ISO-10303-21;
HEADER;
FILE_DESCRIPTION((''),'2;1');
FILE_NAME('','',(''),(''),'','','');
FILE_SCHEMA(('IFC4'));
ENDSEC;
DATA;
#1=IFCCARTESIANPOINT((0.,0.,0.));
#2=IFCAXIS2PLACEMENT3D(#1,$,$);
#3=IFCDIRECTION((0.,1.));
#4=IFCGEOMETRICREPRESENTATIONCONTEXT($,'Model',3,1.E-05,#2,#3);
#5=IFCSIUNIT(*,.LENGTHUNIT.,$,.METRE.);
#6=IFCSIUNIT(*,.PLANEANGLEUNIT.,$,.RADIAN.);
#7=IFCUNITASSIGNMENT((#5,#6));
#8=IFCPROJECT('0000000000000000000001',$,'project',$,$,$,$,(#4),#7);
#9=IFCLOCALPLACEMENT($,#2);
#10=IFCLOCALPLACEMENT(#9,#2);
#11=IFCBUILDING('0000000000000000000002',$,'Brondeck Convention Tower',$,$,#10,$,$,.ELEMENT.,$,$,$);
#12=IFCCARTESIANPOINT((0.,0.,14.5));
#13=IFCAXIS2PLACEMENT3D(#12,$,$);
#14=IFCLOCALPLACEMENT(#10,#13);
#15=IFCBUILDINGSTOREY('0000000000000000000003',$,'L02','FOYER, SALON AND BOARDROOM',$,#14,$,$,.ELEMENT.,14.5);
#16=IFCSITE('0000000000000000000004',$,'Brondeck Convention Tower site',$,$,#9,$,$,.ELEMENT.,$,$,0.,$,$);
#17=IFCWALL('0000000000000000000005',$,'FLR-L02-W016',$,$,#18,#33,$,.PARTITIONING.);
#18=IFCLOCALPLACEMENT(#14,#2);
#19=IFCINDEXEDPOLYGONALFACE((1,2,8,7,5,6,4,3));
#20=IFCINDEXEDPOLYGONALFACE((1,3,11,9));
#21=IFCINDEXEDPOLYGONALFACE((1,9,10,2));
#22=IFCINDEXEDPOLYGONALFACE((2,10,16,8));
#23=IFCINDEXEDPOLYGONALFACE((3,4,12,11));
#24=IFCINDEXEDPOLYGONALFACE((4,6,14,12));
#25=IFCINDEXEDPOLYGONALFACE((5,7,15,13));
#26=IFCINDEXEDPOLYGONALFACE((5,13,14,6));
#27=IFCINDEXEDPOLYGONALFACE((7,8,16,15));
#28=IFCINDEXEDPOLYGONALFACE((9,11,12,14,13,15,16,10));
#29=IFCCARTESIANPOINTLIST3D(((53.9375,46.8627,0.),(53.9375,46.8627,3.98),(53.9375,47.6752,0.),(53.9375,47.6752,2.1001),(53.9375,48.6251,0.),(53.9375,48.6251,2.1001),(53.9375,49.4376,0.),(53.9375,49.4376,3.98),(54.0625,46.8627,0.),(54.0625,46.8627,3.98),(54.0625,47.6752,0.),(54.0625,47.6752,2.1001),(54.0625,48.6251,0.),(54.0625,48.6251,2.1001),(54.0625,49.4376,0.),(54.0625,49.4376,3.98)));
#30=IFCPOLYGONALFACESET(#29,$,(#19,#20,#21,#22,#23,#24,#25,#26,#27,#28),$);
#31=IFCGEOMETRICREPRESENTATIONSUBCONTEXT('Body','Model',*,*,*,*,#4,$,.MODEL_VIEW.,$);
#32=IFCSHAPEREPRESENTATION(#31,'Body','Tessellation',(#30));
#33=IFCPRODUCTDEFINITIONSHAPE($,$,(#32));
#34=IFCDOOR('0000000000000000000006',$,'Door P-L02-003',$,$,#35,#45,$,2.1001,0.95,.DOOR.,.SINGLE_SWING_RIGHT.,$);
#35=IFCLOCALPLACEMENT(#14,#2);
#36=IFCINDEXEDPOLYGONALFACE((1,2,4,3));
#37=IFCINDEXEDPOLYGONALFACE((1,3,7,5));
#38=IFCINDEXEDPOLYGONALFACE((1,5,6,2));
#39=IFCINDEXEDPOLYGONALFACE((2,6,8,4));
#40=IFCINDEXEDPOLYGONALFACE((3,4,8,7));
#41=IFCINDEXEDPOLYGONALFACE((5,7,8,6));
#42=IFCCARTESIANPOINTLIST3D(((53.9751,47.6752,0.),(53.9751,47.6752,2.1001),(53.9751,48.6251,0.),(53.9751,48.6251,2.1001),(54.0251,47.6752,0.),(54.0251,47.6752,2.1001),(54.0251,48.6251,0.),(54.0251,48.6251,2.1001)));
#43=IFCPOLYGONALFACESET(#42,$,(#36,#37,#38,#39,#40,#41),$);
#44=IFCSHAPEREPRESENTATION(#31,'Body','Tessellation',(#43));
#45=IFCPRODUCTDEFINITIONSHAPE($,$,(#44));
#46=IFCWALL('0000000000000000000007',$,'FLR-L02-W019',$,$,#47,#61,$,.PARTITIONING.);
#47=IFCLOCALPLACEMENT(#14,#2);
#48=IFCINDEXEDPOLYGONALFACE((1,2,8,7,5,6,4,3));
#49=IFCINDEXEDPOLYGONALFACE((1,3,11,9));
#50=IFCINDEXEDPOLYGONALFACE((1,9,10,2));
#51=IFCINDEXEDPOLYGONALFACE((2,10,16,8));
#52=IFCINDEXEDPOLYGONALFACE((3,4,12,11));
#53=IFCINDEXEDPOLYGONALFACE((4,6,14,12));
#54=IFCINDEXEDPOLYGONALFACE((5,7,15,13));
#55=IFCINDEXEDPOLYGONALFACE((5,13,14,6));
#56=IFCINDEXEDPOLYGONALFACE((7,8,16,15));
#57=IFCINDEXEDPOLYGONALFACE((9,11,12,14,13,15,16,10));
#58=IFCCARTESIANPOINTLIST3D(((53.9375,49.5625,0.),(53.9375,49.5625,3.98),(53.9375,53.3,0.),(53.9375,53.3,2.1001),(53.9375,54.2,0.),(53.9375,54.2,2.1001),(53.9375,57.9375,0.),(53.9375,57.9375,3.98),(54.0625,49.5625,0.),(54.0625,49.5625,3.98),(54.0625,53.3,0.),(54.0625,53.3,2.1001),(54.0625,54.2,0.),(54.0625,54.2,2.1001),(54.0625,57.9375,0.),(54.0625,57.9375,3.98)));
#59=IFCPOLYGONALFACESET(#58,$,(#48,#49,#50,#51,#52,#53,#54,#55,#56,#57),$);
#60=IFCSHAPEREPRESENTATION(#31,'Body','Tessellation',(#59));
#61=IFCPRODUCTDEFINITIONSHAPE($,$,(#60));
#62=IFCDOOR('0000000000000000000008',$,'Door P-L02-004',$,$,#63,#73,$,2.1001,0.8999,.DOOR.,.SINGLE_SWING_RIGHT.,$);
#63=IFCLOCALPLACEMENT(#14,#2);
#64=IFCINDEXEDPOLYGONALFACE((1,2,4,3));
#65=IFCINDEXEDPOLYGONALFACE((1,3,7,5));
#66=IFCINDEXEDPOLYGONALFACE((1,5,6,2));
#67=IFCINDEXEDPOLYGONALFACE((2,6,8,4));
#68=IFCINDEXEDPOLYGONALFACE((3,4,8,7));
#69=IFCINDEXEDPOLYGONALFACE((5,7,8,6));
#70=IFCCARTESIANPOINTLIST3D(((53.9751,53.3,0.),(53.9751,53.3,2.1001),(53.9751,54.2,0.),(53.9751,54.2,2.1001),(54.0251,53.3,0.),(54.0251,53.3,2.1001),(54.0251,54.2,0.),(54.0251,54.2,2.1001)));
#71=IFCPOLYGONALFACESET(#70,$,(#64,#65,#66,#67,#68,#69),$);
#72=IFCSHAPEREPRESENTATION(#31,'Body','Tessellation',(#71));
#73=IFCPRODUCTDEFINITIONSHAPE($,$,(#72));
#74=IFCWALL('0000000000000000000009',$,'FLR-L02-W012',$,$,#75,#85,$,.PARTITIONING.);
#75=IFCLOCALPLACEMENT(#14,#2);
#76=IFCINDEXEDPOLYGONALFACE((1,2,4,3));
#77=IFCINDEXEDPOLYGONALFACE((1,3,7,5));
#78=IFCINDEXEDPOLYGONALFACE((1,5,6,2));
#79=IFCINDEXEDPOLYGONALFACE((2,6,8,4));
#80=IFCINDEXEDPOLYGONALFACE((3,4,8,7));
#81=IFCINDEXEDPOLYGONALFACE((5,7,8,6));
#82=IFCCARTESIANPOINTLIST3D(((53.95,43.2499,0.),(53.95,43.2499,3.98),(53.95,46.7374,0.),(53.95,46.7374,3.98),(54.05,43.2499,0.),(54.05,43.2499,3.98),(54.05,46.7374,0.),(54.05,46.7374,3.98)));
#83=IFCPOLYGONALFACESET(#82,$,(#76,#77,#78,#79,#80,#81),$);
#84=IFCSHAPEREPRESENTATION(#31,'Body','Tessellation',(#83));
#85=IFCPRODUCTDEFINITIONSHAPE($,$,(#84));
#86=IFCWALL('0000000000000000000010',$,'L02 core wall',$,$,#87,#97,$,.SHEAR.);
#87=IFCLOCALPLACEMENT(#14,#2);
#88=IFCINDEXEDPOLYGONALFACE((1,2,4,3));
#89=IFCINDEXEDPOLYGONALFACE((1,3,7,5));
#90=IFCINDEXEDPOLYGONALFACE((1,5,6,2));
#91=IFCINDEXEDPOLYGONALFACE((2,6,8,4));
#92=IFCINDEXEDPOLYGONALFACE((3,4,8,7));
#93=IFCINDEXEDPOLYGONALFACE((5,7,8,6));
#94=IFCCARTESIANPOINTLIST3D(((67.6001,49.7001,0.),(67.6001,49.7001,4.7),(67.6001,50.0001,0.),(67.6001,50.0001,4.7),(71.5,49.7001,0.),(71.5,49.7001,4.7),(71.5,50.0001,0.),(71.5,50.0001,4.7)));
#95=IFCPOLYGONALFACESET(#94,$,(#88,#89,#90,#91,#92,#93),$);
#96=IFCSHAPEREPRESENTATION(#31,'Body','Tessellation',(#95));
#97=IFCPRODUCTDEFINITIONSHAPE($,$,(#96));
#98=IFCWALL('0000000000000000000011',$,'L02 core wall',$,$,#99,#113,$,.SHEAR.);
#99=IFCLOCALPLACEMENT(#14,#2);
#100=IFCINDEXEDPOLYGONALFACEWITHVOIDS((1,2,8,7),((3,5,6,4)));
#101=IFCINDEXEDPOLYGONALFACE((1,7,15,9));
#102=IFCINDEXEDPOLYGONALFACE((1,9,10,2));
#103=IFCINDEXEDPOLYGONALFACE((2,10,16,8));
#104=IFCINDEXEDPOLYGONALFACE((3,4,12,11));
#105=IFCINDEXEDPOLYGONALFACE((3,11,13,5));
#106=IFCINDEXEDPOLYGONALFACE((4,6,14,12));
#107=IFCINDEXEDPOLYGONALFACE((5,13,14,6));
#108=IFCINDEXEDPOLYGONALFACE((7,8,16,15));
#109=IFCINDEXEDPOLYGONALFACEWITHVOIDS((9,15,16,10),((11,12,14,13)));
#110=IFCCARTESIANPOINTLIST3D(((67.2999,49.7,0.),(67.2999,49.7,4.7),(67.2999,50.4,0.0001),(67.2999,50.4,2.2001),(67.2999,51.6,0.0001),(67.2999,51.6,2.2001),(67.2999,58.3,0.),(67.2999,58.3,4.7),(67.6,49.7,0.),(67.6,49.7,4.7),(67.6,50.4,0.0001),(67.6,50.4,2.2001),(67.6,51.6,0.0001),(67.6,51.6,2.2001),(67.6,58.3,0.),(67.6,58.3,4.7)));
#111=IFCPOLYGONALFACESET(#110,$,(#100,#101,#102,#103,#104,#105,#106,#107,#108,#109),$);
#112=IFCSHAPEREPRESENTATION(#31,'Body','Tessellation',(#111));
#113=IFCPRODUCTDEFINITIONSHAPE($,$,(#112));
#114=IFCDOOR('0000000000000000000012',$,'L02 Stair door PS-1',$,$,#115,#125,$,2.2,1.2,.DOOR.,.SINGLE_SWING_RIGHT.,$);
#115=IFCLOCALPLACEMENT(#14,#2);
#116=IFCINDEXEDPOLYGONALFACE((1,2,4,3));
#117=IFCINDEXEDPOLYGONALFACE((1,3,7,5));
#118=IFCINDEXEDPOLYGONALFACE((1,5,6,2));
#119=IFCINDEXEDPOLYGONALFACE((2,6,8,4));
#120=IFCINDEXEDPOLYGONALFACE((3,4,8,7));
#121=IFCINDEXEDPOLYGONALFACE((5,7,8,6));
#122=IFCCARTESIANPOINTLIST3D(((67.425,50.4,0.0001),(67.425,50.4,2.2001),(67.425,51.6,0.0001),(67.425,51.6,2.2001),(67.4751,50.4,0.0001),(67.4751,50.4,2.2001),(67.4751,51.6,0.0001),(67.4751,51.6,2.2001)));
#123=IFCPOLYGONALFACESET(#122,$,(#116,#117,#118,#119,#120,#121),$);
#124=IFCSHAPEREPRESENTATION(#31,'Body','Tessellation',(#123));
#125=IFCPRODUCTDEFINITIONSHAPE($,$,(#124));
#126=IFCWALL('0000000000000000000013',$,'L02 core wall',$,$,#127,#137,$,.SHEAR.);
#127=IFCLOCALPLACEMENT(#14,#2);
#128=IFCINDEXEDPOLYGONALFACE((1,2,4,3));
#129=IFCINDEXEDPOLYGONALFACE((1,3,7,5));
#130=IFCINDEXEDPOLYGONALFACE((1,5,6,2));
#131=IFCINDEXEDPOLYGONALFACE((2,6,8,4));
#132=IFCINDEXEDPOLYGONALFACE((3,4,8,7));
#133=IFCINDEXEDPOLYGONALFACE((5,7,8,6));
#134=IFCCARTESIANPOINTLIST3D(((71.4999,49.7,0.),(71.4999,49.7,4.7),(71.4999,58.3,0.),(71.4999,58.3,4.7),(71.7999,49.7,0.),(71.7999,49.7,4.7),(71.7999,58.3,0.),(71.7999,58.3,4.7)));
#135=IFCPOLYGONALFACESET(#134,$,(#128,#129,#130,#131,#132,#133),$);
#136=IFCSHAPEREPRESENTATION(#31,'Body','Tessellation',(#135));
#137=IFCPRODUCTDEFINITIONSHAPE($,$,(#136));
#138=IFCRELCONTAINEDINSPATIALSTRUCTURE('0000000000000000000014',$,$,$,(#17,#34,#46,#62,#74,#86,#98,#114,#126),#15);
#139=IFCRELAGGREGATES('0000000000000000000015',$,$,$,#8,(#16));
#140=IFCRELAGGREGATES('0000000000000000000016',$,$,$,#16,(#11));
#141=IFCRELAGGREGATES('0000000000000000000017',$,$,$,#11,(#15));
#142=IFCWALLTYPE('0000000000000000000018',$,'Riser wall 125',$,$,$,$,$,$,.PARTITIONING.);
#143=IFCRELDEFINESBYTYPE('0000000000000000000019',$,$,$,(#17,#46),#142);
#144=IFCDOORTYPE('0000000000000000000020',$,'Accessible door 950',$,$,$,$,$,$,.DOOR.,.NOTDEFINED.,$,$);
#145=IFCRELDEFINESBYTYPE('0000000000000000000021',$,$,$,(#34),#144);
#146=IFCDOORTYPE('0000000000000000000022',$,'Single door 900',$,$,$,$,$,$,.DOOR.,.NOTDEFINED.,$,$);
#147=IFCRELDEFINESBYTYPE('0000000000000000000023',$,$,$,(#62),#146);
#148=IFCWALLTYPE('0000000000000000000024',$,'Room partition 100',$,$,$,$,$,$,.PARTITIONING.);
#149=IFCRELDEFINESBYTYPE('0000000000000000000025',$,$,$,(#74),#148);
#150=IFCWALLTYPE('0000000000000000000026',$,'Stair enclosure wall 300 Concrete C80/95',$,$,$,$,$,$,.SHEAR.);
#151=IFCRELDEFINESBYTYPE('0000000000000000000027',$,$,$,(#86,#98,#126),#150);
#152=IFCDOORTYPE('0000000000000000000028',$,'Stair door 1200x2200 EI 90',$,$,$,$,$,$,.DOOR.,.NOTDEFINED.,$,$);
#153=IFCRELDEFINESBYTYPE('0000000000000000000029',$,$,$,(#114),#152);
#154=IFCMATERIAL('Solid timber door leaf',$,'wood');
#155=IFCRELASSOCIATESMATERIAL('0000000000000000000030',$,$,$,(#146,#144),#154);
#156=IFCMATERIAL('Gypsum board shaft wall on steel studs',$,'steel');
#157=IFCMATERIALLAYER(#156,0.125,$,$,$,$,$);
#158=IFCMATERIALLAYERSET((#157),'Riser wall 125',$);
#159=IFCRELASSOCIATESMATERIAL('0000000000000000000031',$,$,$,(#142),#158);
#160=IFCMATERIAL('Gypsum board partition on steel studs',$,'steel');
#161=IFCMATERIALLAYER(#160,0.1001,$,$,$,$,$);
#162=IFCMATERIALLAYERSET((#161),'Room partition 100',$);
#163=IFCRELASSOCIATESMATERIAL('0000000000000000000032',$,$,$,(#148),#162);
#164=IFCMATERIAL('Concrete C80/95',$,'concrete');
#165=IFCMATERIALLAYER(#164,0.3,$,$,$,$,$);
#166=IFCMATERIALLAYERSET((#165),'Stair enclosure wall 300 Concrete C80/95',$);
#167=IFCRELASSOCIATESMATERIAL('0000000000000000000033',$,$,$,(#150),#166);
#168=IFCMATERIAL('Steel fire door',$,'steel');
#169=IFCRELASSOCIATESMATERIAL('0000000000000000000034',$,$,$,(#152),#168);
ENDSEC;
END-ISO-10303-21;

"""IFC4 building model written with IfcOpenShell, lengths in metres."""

from ifc_helpers import new_model, si_unit, direction, frame, frame_2d, origin, place, context, subcontext, project, spatial, rectangle, extrude, material, layer, layer_set, type_object, element, fill, save


model = new_model("IFC4")

# Units and contexts
model_context = context("Model", 3, precision=1e-05, world=origin(), true_north=direction((0.0, 1.0)))
body_context = subcontext(model_context, "Body", "Model", "MODEL_VIEW")
ifc_project = project(units=[si_unit("LENGTHUNIT", "METRE"), si_unit("PLANEANGLEUNIT", "RADIAN")], contexts=[model_context])

# Site, building, storey
site_placement = place(None, origin())
site = spatial("IfcSite", under=ifc_project, at=site_placement, Name="Brondeck Convention Tower site", CompositionType="ELEMENT", RefElevation=0.0)
building_placement = place(site_placement, origin())
building = spatial("IfcBuilding", under=site, at=building_placement, Name="Brondeck Convention Tower", CompositionType="ELEMENT")
storey_placement = place(building_placement, frame((0.0, 0.0, 14.5)))
storey = spatial("IfcBuildingStorey", under=building, at=storey_placement, Name="L02", Description="FOYER, SALON AND BOARDROOM", CompositionType="ELEMENT", Elevation=14.5)

# Shared definitions
ifc_material_1 = material(Name="Concrete C80/95", Category="concrete")

# Shared definitions
ifc_material_2 = material(Name="Solid timber door leaf", Category="wood")
door_type_1 = type_object("IfcDoorType", Name="Single door 900", OperationType="NOTDEFINED", PredefinedType="DOOR", material=ifc_material_2)

# Walls, openings, doors
ifc_material_3 = material(Name="Gypsum board shaft wall on steel studs", Category="steel")
ifc_layer_1 = layer(ifc_material_3, 0.125)
ifc_layer_set_1 = layer_set([ifc_layer_1], Name="Riser wall 125")
wall_type_1 = type_object("IfcWallType", Name="Riser wall 125", PredefinedType="PARTITIONING", material=ifc_layer_set_1)
wall_1_placement = place(storey_placement, frame((54.0, 46.8625, 0.0), z_axis=(0.0, 0.0, 1.0), x_axis=(0.0, 1.0, 0.0)))
wall_1 = element("IfcWall", 1, at=wall_1_placement, inside=storey, type_object=wall_type_1, Name="FLR-L02-W016", PredefinedType="PARTITIONING", context=body_context, shape_type="SweptSolid", body=[
    extrude(rectangle(XDim=2.575, YDim=0.125, at=frame_2d((1.2876, 0.0))), origin(), (0.0, 0.0, 1.0), 3.98),
])
opening_1_placement = place(wall_1_placement, frame((0.8125, 0.0, 0.0)))
opening_1 = element("IfcOpeningElement", 2, at=opening_1_placement, cuts=wall_1, PredefinedType="OPENING", context=body_context, shape_type="SweptSolid", body=[
    extrude(rectangle(XDim=0.95, YDim=2.1001, at=frame_2d((0.4751, 1.05))), frame((0.0, 0.0725, 0.0), z_axis=(0.0, -1.0, 0.0), x_axis=(1.0, 0.0, 0.0)), (0.0, 0.0, 1.0), 0.145),
])
door_type_2 = type_object("IfcDoorType", Name="Accessible door 950", OperationType="NOTDEFINED", PredefinedType="DOOR", material=ifc_material_2)
door_1_placement = place(opening_1_placement, origin())
door_1 = element("IfcDoor", 3, at=door_1_placement, inside=storey, type_object=door_type_2, Name="Door P-L02-003", OperationType="SINGLE_SWING_RIGHT", OverallHeight=2.1001, OverallWidth=0.95, PredefinedType="DOOR", context=body_context, shape_type="SweptSolid", body=[
    extrude(rectangle(XDim=0.95, YDim=2.1001, at=frame_2d((0.4751, 1.05))), frame((0.0, 0.0249, 0.0), z_axis=(0.0, -1.0, 0.0), x_axis=(1.0, 0.0, 0.0)), (0.0, 0.0, 1.0), 0.05),
])
fill(opening_1, door_1)
wall_2_placement = place(storey_placement, frame((54.0, 49.5625, 0.0), z_axis=(0.0, 0.0, 1.0), x_axis=(0.0, 1.0, 0.0)))
wall_2 = element("IfcWall", 4, at=wall_2_placement, inside=storey, type_object=wall_type_1, Name="FLR-L02-W019", PredefinedType="PARTITIONING", context=body_context, shape_type="SweptSolid", body=[
    extrude(rectangle(XDim=8.375, YDim=0.125, at=frame_2d((4.1875, 0.0))), origin(), (0.0, 0.0, 1.0), 3.98),
])
opening_2_placement = place(wall_2_placement, frame((3.7375, 0.0, 0.0)))
opening_2 = element("IfcOpeningElement", 5, at=opening_2_placement, cuts=wall_2, PredefinedType="OPENING", context=body_context, shape_type="SweptSolid", body=[
    extrude(rectangle(XDim=0.8999, YDim=2.1001, at=frame_2d((0.45, 1.05))), frame((0.0, 0.0725, 0.0), z_axis=(0.0, -1.0, 0.0), x_axis=(1.0, 0.0, 0.0)), (0.0, 0.0, 1.0), 0.145),
])
door_2_placement = place(opening_2_placement, origin())
door_2 = element("IfcDoor", 6, at=door_2_placement, inside=storey, type_object=door_type_1, Name="Door P-L02-004", OperationType="SINGLE_SWING_RIGHT", OverallHeight=2.1001, OverallWidth=0.8999, PredefinedType="DOOR", context=body_context, shape_type="SweptSolid", body=[
    extrude(rectangle(XDim=0.8999, YDim=2.1001, at=frame_2d((0.45, 1.05))), frame((0.0, 0.0249, 0.0), z_axis=(0.0, -1.0, 0.0), x_axis=(1.0, 0.0, 0.0)), (0.0, 0.0, 1.0), 0.05),
])
fill(opening_2, door_2)

# Walls
ifc_material_4 = material(Name="Gypsum board partition on steel studs", Category="steel")
ifc_layer_2 = layer(ifc_material_4, 0.1001)
ifc_layer_set_2 = layer_set([ifc_layer_2], Name="Room partition 100")
wall_type_2 = type_object("IfcWallType", Name="Room partition 100", PredefinedType="PARTITIONING", material=ifc_layer_set_2)
wall_3_placement = place(storey_placement, frame((54.0, 43.25, 0.0), z_axis=(0.0, 0.0, 1.0), x_axis=(0.0, 1.0, 0.0)))
element("IfcWall", 7, at=wall_3_placement, inside=storey, type_object=wall_type_2, Name="FLR-L02-W012", PredefinedType="PARTITIONING", context=body_context, shape_type="SweptSolid", body=[
    extrude(rectangle(XDim=3.4875, YDim=0.1001, at=frame_2d((1.7437, 0.0))), origin(), (0.0, 0.0, 1.0), 3.98),
])
ifc_layer_3 = layer(ifc_material_1, 0.3)
ifc_layer_set_3 = layer_set([ifc_layer_3], Name="Stair enclosure wall 300 Concrete C80/95")
wall_type_3 = type_object("IfcWallType", Name="Stair enclosure wall 300 Concrete C80/95", PredefinedType="SHEAR", material=ifc_layer_set_3)
wall_4_placement = place(storey_placement, frame((67.6001, 49.8501, 0.0), z_axis=(0.0, 0.0, 1.0), x_axis=(1.0, 0.0, 0.0)))
element("IfcWall", 8, at=wall_4_placement, inside=storey, type_object=wall_type_3, Name="L02 core wall", PredefinedType="SHEAR", context=body_context, shape_type="SweptSolid", body=[
    extrude(rectangle(XDim=3.8999, YDim=0.3, at=frame_2d((1.95, 0.0))), origin(), (0.0, 0.0, 1.0), 4.7),
])

# Wall, opening, door
wall_5_placement = place(storey_placement, frame((67.45, 49.7, 0.0), z_axis=(0.0, 0.0, 1.0), x_axis=(0.0, 1.0, 0.0)))
wall_5 = element("IfcWall", 9, at=wall_5_placement, inside=storey, type_object=wall_type_3, Name="L02 core wall", PredefinedType="SHEAR", context=body_context, shape_type="SweptSolid", body=[
    extrude(rectangle(XDim=8.6001, YDim=0.3, at=frame_2d((4.3, 0.0))), origin(), (0.0, 0.0, 1.0), 4.7),
])
opening_3_placement = place(wall_5_placement, frame((0.7, 0.0, 0.0)))
opening_3 = element("IfcOpeningElement", 10, at=opening_3_placement, cuts=wall_5, PredefinedType="OPENING", context=body_context, shape_type="SweptSolid", body=[
    extrude(rectangle(XDim=1.2, YDim=2.2, at=frame_2d((0.6001, 1.1001))), frame((0.0, 0.1599, 0.0), z_axis=(0.0, -1.0, 0.0), x_axis=(1.0, 0.0, 0.0)), (0.0, 0.0, 1.0), 0.3201),
])
ifc_material_5 = material(Name="Steel fire door", Category="steel")
door_type_3 = type_object("IfcDoorType", Name="Stair door 1200x2200 EI 90", OperationType="NOTDEFINED", PredefinedType="DOOR", material=ifc_material_5)
door_3_placement = place(opening_3_placement, origin())
door_3 = element("IfcDoor", 11, at=door_3_placement, inside=storey, type_object=door_type_3, Name="L02 Stair door PS-1", OperationType="SINGLE_SWING_RIGHT", OverallHeight=2.2, OverallWidth=1.2, PredefinedType="DOOR", context=body_context, shape_type="SweptSolid", body=[
    extrude(rectangle(XDim=1.2, YDim=2.2, at=frame_2d((0.6001, 1.1001))), frame((0.0, 0.0249, 0.0), z_axis=(0.0, -1.0, 0.0), x_axis=(1.0, 0.0, 0.0)), (0.0, 0.0, 1.0), 0.05),
])
fill(opening_3, door_3)

# Wall
wall_6_placement = place(storey_placement, frame((71.6499, 49.7, 0.0), z_axis=(0.0, 0.0, 1.0), x_axis=(0.0, 1.0, 0.0)))
element("IfcWall", 12, at=wall_6_placement, inside=storey, type_object=wall_type_3, Name="L02 core wall", PredefinedType="SHEAR", context=body_context, shape_type="SweptSolid", body=[
    extrude(rectangle(XDim=8.6001, YDim=0.3, at=frame_2d((4.3, 0.0))), origin(), (0.0, 0.0, 1.0), 4.7),
])

save(model, "model.ifc")
